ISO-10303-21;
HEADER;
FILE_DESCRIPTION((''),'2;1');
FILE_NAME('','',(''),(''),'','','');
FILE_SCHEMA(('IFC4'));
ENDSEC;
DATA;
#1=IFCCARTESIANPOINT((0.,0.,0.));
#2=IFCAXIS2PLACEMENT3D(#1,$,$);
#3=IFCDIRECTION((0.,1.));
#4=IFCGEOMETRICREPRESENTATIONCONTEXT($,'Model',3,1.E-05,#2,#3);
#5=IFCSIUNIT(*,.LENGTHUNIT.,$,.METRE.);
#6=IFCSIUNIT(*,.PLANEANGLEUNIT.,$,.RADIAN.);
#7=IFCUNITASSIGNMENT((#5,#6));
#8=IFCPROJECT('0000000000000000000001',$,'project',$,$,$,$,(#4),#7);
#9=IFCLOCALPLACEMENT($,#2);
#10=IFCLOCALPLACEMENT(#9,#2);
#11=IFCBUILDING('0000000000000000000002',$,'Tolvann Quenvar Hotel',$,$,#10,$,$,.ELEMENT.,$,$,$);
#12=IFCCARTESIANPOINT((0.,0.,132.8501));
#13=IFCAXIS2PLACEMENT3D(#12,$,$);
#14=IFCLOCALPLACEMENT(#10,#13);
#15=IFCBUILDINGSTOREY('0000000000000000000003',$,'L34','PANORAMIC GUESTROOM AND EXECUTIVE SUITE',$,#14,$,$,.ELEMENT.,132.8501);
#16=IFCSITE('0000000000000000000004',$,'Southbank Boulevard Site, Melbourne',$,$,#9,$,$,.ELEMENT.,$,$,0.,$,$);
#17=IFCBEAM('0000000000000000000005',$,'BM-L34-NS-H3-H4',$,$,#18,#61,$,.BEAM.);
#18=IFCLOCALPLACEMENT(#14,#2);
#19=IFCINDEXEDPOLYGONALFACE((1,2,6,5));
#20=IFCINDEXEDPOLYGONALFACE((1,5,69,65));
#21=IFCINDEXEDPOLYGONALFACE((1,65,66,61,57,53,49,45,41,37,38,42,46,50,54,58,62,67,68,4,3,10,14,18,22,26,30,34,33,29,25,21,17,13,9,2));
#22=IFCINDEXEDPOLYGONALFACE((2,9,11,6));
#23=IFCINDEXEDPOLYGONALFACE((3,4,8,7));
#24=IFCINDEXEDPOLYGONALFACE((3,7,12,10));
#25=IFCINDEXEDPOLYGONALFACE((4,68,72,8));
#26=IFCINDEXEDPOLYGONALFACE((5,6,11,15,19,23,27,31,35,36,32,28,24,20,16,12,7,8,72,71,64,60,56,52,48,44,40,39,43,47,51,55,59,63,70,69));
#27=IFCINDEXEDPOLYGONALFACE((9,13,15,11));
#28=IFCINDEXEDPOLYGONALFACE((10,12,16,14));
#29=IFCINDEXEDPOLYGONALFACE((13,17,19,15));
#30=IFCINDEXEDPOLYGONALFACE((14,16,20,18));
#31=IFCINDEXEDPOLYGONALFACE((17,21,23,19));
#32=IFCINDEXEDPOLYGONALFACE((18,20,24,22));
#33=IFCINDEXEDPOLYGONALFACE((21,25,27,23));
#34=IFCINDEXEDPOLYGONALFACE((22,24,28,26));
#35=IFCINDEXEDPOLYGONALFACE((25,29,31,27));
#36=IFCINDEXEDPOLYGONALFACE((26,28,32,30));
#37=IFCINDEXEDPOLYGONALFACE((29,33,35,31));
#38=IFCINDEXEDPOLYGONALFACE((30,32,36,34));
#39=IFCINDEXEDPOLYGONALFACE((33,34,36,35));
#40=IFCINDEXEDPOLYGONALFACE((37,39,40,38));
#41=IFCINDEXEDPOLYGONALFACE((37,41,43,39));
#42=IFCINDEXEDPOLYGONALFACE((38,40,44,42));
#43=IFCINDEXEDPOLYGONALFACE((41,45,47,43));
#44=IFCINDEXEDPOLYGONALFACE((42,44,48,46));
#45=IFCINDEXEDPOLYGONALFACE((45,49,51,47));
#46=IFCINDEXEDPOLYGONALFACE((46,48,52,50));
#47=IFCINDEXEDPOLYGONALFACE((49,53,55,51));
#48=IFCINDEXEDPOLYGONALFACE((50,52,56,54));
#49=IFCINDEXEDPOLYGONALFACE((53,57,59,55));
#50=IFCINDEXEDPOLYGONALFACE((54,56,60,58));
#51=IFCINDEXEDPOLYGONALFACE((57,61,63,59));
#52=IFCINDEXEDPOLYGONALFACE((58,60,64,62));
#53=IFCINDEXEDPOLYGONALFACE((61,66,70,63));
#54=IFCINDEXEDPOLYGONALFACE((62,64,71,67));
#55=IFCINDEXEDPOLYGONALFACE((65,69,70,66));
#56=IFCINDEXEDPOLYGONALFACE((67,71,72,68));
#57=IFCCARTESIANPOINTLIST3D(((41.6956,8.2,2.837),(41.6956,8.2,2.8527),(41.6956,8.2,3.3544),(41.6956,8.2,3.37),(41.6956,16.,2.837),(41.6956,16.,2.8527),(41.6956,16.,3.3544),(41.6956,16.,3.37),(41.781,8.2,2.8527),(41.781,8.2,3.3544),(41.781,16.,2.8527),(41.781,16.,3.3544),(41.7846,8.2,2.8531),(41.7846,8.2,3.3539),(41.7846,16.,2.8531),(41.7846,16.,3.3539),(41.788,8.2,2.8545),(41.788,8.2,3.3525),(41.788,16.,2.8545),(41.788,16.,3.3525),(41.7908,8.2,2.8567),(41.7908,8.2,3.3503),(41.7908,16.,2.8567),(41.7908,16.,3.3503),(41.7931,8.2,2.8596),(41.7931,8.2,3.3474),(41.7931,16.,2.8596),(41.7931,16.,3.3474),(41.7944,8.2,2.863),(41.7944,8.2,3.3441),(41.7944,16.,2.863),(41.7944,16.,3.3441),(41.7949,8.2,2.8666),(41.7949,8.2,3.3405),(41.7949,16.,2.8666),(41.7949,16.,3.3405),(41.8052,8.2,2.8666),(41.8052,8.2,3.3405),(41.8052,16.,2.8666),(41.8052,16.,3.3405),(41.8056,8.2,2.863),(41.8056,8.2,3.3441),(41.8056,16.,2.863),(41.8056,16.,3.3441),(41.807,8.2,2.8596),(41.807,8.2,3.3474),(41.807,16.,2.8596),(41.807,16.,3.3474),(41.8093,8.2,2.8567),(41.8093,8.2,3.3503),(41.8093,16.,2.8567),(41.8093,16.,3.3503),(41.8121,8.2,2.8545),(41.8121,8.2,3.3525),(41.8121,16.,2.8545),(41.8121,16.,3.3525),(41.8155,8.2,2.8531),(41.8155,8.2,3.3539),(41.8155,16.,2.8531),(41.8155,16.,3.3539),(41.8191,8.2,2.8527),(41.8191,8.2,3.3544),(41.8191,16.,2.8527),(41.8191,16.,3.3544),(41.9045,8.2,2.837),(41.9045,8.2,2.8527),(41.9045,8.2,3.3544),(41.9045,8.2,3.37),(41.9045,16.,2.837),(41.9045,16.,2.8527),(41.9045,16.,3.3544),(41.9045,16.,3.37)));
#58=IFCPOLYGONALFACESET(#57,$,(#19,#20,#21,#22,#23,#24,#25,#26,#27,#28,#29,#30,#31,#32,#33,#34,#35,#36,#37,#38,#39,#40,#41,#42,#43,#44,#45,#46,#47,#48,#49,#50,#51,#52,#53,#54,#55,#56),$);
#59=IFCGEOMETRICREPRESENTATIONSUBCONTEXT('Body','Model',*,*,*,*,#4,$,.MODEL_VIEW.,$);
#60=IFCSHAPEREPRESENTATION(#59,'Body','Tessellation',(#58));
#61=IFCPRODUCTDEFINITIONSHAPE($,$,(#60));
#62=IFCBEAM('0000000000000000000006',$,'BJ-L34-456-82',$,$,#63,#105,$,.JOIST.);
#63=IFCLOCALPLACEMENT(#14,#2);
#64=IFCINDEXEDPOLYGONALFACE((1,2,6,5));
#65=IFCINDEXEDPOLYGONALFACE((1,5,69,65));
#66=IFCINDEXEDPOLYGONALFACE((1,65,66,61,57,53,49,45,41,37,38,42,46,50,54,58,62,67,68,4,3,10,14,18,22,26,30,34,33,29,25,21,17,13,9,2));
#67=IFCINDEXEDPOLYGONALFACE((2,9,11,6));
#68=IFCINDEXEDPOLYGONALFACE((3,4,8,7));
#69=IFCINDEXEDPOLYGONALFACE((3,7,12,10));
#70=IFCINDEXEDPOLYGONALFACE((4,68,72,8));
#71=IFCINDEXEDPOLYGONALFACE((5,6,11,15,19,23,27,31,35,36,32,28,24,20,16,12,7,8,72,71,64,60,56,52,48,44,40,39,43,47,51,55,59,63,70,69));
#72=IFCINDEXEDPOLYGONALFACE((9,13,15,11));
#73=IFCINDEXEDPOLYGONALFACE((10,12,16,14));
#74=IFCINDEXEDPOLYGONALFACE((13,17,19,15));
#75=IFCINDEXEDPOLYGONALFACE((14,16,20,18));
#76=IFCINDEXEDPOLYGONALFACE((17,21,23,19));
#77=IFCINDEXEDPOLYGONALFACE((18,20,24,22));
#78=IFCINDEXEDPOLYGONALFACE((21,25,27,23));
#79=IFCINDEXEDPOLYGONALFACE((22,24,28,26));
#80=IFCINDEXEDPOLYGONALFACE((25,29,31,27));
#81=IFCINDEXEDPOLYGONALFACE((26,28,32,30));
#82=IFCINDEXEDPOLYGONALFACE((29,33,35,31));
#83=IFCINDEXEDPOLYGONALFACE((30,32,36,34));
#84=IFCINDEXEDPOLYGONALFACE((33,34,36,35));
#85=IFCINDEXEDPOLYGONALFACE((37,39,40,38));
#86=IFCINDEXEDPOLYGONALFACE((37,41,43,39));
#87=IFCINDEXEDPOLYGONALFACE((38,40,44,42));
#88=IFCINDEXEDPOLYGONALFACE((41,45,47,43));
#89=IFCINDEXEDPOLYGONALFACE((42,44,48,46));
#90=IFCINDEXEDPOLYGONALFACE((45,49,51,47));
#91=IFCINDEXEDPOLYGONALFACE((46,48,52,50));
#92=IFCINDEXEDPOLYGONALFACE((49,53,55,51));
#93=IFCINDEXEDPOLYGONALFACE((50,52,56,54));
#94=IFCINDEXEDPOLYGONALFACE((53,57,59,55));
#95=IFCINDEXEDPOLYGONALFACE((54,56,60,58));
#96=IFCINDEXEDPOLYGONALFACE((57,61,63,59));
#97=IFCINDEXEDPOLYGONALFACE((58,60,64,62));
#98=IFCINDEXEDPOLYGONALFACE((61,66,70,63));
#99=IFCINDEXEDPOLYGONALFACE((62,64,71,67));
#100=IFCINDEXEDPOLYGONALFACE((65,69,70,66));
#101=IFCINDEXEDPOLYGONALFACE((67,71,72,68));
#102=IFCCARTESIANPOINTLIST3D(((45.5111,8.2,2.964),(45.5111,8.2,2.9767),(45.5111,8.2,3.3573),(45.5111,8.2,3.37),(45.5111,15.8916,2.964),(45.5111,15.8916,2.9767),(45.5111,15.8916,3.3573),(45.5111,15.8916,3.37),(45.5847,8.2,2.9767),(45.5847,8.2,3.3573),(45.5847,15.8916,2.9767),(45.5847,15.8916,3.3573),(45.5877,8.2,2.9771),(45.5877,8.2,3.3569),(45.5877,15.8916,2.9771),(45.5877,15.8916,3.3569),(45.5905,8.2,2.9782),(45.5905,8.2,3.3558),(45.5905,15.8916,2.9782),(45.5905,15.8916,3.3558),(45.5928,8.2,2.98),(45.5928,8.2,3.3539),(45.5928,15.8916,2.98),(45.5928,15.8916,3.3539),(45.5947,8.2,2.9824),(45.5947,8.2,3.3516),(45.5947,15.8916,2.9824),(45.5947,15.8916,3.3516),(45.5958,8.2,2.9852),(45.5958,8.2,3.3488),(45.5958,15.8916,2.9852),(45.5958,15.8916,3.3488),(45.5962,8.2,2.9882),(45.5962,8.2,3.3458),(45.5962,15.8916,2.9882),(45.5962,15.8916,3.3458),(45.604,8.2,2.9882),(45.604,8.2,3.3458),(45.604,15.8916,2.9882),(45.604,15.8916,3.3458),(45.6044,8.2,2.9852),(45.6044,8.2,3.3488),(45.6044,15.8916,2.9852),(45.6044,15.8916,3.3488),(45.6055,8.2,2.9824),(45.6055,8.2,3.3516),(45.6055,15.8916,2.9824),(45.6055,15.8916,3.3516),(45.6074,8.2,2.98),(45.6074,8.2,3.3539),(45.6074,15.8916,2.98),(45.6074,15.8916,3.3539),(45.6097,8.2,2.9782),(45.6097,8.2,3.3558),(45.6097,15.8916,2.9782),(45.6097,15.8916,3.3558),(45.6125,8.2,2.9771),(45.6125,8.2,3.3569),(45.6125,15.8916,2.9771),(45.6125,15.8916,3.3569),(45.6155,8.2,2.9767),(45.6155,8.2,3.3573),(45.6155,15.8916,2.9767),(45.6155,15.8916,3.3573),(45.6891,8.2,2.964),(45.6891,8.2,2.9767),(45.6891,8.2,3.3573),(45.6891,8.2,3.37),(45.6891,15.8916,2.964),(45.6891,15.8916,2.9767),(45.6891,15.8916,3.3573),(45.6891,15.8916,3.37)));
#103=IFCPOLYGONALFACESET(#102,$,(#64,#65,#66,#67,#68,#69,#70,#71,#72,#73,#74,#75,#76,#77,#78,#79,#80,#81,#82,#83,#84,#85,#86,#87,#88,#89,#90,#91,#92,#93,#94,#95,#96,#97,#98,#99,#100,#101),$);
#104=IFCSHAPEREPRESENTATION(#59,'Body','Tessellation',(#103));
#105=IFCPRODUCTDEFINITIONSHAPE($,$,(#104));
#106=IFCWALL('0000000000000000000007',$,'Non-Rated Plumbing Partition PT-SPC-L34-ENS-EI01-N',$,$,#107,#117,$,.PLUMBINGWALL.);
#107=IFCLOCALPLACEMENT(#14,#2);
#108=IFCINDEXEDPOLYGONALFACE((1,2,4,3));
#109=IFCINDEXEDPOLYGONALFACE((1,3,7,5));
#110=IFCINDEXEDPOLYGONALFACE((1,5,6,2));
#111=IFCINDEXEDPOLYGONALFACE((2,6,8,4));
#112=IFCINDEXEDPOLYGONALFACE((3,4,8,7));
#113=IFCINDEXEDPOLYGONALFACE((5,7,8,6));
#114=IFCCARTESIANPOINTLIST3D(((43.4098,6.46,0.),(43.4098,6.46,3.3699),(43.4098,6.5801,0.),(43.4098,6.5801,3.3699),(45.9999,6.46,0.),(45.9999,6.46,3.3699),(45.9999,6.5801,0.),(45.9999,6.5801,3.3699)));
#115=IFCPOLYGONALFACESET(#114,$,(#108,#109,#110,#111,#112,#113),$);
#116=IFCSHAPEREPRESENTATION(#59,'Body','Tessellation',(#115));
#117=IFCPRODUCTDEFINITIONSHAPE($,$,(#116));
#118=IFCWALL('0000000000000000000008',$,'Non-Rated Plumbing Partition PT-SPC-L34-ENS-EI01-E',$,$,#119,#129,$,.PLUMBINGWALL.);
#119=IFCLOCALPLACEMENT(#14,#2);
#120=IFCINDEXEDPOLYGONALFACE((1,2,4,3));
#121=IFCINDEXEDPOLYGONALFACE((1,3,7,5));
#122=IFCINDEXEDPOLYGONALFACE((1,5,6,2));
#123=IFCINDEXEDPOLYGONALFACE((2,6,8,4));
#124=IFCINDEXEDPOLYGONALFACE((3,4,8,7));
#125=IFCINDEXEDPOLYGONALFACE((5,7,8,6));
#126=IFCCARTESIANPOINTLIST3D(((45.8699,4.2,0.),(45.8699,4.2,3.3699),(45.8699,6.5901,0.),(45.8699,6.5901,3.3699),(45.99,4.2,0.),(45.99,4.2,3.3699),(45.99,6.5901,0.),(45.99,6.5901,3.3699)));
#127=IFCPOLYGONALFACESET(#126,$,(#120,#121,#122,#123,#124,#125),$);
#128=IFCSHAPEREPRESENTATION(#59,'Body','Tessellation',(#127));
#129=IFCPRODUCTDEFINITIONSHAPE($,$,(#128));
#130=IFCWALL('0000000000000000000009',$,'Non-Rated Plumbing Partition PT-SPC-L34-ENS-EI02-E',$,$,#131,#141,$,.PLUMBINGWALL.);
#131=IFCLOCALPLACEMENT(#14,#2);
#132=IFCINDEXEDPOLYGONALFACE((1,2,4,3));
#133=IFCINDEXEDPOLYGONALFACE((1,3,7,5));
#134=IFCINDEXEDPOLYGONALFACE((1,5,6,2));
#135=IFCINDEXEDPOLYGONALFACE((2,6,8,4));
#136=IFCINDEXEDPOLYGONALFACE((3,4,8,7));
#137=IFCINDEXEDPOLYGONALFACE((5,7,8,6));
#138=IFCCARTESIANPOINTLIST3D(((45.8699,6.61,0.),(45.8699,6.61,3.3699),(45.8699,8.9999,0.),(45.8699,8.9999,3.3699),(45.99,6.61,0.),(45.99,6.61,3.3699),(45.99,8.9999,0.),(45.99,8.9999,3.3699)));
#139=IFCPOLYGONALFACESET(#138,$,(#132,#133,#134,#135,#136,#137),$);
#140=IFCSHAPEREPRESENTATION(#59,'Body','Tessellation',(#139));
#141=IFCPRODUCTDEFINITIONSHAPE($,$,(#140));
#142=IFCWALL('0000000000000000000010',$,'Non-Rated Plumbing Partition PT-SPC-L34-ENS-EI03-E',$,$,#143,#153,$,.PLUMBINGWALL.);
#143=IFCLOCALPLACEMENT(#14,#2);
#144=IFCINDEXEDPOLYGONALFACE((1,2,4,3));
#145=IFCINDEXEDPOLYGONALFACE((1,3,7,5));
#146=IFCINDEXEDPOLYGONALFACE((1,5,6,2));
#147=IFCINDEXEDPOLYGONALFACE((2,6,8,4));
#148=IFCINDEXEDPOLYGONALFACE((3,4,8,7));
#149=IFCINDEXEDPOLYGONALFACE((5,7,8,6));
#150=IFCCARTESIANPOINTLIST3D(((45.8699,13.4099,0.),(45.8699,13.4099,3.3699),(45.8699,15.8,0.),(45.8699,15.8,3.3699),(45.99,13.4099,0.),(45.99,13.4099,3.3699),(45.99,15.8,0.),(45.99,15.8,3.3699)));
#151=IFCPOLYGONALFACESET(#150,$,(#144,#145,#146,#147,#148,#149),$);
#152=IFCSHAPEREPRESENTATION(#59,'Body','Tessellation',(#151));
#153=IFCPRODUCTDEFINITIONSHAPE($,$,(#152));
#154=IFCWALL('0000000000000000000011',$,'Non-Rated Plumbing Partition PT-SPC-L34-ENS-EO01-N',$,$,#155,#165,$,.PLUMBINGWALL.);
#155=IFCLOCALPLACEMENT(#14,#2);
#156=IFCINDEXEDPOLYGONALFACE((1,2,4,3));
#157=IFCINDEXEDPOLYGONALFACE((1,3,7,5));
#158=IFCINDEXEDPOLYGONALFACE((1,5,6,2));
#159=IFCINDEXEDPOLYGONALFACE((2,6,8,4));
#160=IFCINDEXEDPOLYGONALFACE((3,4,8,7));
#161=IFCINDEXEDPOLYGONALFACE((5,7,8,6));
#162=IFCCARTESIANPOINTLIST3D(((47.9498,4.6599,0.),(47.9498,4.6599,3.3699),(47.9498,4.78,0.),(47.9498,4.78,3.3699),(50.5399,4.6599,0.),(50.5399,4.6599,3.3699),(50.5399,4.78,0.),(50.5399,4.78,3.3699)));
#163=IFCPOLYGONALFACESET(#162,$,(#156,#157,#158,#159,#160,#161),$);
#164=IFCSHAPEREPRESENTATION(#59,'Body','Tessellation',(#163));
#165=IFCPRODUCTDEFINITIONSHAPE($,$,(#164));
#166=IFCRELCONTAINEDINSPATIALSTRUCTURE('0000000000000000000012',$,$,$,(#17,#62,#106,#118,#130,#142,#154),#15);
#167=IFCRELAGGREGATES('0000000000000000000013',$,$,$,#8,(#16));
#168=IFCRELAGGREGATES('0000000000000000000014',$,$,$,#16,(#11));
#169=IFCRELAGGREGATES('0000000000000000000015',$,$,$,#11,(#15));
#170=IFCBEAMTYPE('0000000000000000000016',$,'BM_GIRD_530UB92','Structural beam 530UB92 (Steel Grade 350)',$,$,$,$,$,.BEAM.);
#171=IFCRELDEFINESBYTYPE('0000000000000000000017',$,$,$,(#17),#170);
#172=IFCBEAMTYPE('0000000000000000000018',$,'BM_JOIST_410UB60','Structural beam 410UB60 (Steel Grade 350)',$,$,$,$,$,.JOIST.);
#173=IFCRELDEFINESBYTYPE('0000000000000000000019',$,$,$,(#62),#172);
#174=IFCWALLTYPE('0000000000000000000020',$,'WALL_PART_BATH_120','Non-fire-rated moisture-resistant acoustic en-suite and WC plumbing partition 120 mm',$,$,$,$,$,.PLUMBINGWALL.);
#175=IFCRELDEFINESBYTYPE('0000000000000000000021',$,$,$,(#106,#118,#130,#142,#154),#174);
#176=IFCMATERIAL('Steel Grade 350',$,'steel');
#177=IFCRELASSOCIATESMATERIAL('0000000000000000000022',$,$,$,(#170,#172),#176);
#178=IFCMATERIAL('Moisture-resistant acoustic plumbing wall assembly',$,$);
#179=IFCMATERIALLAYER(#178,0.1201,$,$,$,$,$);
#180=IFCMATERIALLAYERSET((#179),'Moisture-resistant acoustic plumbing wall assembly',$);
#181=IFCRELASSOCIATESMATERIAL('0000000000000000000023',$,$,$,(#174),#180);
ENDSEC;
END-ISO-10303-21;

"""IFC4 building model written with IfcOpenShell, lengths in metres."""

from ifc_helpers import new_model, si_unit, direction, frame, frame_2d, origin, origin_2d, place, context, subcontext, project, spatial, rectangle, i_section, extrude, source, transform, mapped, material, layer, layer_set, material_profile, profile_set, type_object, type_shapes, element, save


model = new_model("IFC4")

# Units and contexts
model_context = context("Model", 3, precision=1e-05, world=origin(), true_north=direction((0.0, 1.0)))
body_context = subcontext(model_context, "Body", "Model", "MODEL_VIEW")
ifc_project = project(units=[si_unit("LENGTHUNIT", "METRE"), si_unit("PLANEANGLEUNIT", "RADIAN")], contexts=[model_context])

# Site, building, storey
site_placement = place(None, origin())
site = spatial("IfcSite", under=ifc_project, at=site_placement, Name="Southbank Boulevard Site, Melbourne", CompositionType="ELEMENT", RefElevation=0.0)
building_placement = place(site_placement, origin())
building = spatial("IfcBuilding", under=site, at=building_placement, Name="Tolvann Quenvar Hotel", CompositionType="ELEMENT")
storey_placement = place(building_placement, frame((0.0, 0.0, 132.8501)))
storey = spatial("IfcBuildingStorey", under=building, at=storey_placement, Name="L34", Description="PANORAMIC GUESTROOM AND EXECUTIVE SUITE", CompositionType="ELEMENT", Elevation=132.8501)

# Shared definitions
ifc_material_1 = material(Name="Steel Grade 350", Category="steel")

# Beams
ifc_material_profile_1 = material_profile(ifc_material_1, i_section(OverallWidth=0.209, OverallDepth=0.533, WebThickness=0.0103, FlangeThickness=0.0156, FilletRadius=0.0139, at=origin_2d()), Name="530UB92")
ifc_profile_set_1 = profile_set([ifc_material_profile_1], Name="Steel Grade 350")
beam_type_1 = type_object("IfcBeamType", Name="BM_GIRD_530UB92", Description="Structural beam 530UB92 (Steel Grade 350)", PredefinedType="BEAM", material=ifc_profile_set_1)
shared_shape_1 = source(origin(), body_context, "Body", "SweptSolid", [
    extrude(i_section(OverallWidth=0.209, OverallDepth=0.533, WebThickness=0.0103, FlangeThickness=0.0156, FilletRadius=0.0139, at=origin_2d()), origin(), (0.0, 0.0, 1.0), 7.8),
])
for number, where, z_axis, x_axis, name in (
    (1, (41.8, 8.2, 3.1035), (0.0, 1.0, 0.0), (-1.0, 0.0, 0.0), "BM-L34-NS-H3-H4"),
):
    element("IfcBeam", number, at=place(storey_placement, frame(where, z_axis=z_axis, x_axis=x_axis)), inside=storey, type_object=beam_type_1, Name=name, PredefinedType="BEAM", context=body_context, shape_type="MappedRepresentation", body=[
        mapped(shared_shape_1, transform((0.0, 0.0, 0.0), x_axis=(1.0, 0.0, 0.0), y_axis=(0.0, 1.0, 0.0), z_axis=(0.0, 0.0, 1.0), scale=1.0)),
    ])
ifc_material_profile_2 = material_profile(ifc_material_1, i_section(OverallWidth=0.178, OverallDepth=0.406, WebThickness=0.0078, FlangeThickness=0.0127, FilletRadius=0.0115, at=origin_2d()), Name="410UB60")
ifc_profile_set_2 = profile_set([ifc_material_profile_2], Name="Steel Grade 350")
beam_type_2 = type_object("IfcBeamType", Name="BM_JOIST_410UB60", Description="Structural beam 410UB60 (Steel Grade 350)", PredefinedType="JOIST", material=ifc_profile_set_2)
shared_shape_2 = source(origin(), body_context, "Body", "SweptSolid", [
    extrude(i_section(OverallWidth=0.178, OverallDepth=0.406, WebThickness=0.0078, FlangeThickness=0.0127, FilletRadius=0.0115, at=origin_2d()), origin(), (0.0, 0.0, 1.0), 7.6917),
])
type_shapes(beam_type_2, [shared_shape_2])
beam_1_placement = place(storey_placement, frame((45.6001, 8.2, 3.167), z_axis=(0.0, 1.0, 0.0), x_axis=(-1.0, 0.0, 0.0)))
element("IfcBeam", 2, at=beam_1_placement, inside=storey, type_object=beam_type_2, Name="BJ-L34-456-82", PredefinedType="JOIST", context=body_context, shape_type="MappedRepresentation", body=[
    mapped(shared_shape_2, transform((0.0, 0.0, 0.0), x_axis=(1.0, 0.0, 0.0), y_axis=(0.0, 1.0, 0.0), z_axis=(0.0, 0.0, 1.0), scale=1.0)),
])

# Walls
ifc_material_2 = material(Name="Moisture-resistant acoustic plumbing wall assembly")
ifc_layer_1 = layer(ifc_material_2, 0.1201)
ifc_layer_set_1 = layer_set([ifc_layer_1], Name="Moisture-resistant acoustic plumbing wall assembly")
wall_type_1 = type_object("IfcWallType", Name="WALL_PART_BATH_120", Description="Non-fire-rated moisture-resistant acoustic en-suite and WC plumbing partition 120 mm", PredefinedType="PLUMBINGWALL", material=ifc_layer_set_1)
wall_1_placement = place(storey_placement, frame((43.4099, 6.52, 0.0), z_axis=(0.0, 0.0, 1.0), x_axis=(1.0, 0.0, 0.0)))
element("IfcWall", 3, at=wall_1_placement, inside=storey, type_object=wall_type_1, Name="Non-Rated Plumbing Partition PT-SPC-L34-ENS-EI01-N", PredefinedType="PLUMBINGWALL", context=body_context, shape_type="SweptSolid", body=[
    extrude(rectangle(XDim=2.5901, YDim=0.1201, at=frame_2d((1.2949, 0.0))), origin(), (0.0, 0.0, 1.0), 3.3699),
])
wall_2_placement = place(storey_placement, frame((45.9299, 4.2, 0.0), z_axis=(0.0, 0.0, 1.0), x_axis=(0.0, 1.0, 0.0)))
element("IfcWall", 4, at=wall_2_placement, inside=storey, type_object=wall_type_1, Name="Non-Rated Plumbing Partition PT-SPC-L34-ENS-EI01-E", PredefinedType="PLUMBINGWALL", context=body_context, shape_type="SweptSolid", body=[
    extrude(rectangle(XDim=2.3901, YDim=0.1201, at=frame_2d((1.1951, 0.0))), origin(), (0.0, 0.0, 1.0), 3.3699),
])
wall_3_placement = place(storey_placement, frame((45.9299, 6.6101, 0.0), z_axis=(0.0, 0.0, 1.0), x_axis=(0.0, 1.0, 0.0)))
element("IfcWall", 5, at=wall_3_placement, inside=storey, type_object=wall_type_1, Name="Non-Rated Plumbing Partition PT-SPC-L34-ENS-EI02-E", PredefinedType="PLUMBINGWALL", context=body_context, shape_type="SweptSolid", body=[
    extrude(rectangle(XDim=2.3899, YDim=0.1201, at=frame_2d((1.1948, 0.0))), origin(), (0.0, 0.0, 1.0), 3.3699),
])
wall_4_placement = place(storey_placement, frame((45.9299, 13.4099, 0.0), z_axis=(0.0, 0.0, 1.0), x_axis=(0.0, 1.0, 0.0)))
element("IfcWall", 6, at=wall_4_placement, inside=storey, type_object=wall_type_1, Name="Non-Rated Plumbing Partition PT-SPC-L34-ENS-EI03-E", PredefinedType="PLUMBINGWALL", context=body_context, shape_type="SweptSolid", body=[
    extrude(rectangle(XDim=2.3901, YDim=0.1201, at=frame_2d((1.1951, 0.0))), origin(), (0.0, 0.0, 1.0), 3.3699),
])
wall_5_placement = place(storey_placement, frame((47.95, 4.72, 0.0), z_axis=(0.0, 0.0, 1.0), x_axis=(1.0, 0.0, 0.0)))
element("IfcWall", 7, at=wall_5_placement, inside=storey, type_object=wall_type_1, Name="Non-Rated Plumbing Partition PT-SPC-L34-ENS-EO01-N", PredefinedType="PLUMBINGWALL", context=body_context, shape_type="SweptSolid", body=[
    extrude(rectangle(XDim=2.5901, YDim=0.1201, at=frame_2d((1.2949, 0.0))), origin(), (0.0, 0.0, 1.0), 3.3699),
])

save(model, "model.ifc")
